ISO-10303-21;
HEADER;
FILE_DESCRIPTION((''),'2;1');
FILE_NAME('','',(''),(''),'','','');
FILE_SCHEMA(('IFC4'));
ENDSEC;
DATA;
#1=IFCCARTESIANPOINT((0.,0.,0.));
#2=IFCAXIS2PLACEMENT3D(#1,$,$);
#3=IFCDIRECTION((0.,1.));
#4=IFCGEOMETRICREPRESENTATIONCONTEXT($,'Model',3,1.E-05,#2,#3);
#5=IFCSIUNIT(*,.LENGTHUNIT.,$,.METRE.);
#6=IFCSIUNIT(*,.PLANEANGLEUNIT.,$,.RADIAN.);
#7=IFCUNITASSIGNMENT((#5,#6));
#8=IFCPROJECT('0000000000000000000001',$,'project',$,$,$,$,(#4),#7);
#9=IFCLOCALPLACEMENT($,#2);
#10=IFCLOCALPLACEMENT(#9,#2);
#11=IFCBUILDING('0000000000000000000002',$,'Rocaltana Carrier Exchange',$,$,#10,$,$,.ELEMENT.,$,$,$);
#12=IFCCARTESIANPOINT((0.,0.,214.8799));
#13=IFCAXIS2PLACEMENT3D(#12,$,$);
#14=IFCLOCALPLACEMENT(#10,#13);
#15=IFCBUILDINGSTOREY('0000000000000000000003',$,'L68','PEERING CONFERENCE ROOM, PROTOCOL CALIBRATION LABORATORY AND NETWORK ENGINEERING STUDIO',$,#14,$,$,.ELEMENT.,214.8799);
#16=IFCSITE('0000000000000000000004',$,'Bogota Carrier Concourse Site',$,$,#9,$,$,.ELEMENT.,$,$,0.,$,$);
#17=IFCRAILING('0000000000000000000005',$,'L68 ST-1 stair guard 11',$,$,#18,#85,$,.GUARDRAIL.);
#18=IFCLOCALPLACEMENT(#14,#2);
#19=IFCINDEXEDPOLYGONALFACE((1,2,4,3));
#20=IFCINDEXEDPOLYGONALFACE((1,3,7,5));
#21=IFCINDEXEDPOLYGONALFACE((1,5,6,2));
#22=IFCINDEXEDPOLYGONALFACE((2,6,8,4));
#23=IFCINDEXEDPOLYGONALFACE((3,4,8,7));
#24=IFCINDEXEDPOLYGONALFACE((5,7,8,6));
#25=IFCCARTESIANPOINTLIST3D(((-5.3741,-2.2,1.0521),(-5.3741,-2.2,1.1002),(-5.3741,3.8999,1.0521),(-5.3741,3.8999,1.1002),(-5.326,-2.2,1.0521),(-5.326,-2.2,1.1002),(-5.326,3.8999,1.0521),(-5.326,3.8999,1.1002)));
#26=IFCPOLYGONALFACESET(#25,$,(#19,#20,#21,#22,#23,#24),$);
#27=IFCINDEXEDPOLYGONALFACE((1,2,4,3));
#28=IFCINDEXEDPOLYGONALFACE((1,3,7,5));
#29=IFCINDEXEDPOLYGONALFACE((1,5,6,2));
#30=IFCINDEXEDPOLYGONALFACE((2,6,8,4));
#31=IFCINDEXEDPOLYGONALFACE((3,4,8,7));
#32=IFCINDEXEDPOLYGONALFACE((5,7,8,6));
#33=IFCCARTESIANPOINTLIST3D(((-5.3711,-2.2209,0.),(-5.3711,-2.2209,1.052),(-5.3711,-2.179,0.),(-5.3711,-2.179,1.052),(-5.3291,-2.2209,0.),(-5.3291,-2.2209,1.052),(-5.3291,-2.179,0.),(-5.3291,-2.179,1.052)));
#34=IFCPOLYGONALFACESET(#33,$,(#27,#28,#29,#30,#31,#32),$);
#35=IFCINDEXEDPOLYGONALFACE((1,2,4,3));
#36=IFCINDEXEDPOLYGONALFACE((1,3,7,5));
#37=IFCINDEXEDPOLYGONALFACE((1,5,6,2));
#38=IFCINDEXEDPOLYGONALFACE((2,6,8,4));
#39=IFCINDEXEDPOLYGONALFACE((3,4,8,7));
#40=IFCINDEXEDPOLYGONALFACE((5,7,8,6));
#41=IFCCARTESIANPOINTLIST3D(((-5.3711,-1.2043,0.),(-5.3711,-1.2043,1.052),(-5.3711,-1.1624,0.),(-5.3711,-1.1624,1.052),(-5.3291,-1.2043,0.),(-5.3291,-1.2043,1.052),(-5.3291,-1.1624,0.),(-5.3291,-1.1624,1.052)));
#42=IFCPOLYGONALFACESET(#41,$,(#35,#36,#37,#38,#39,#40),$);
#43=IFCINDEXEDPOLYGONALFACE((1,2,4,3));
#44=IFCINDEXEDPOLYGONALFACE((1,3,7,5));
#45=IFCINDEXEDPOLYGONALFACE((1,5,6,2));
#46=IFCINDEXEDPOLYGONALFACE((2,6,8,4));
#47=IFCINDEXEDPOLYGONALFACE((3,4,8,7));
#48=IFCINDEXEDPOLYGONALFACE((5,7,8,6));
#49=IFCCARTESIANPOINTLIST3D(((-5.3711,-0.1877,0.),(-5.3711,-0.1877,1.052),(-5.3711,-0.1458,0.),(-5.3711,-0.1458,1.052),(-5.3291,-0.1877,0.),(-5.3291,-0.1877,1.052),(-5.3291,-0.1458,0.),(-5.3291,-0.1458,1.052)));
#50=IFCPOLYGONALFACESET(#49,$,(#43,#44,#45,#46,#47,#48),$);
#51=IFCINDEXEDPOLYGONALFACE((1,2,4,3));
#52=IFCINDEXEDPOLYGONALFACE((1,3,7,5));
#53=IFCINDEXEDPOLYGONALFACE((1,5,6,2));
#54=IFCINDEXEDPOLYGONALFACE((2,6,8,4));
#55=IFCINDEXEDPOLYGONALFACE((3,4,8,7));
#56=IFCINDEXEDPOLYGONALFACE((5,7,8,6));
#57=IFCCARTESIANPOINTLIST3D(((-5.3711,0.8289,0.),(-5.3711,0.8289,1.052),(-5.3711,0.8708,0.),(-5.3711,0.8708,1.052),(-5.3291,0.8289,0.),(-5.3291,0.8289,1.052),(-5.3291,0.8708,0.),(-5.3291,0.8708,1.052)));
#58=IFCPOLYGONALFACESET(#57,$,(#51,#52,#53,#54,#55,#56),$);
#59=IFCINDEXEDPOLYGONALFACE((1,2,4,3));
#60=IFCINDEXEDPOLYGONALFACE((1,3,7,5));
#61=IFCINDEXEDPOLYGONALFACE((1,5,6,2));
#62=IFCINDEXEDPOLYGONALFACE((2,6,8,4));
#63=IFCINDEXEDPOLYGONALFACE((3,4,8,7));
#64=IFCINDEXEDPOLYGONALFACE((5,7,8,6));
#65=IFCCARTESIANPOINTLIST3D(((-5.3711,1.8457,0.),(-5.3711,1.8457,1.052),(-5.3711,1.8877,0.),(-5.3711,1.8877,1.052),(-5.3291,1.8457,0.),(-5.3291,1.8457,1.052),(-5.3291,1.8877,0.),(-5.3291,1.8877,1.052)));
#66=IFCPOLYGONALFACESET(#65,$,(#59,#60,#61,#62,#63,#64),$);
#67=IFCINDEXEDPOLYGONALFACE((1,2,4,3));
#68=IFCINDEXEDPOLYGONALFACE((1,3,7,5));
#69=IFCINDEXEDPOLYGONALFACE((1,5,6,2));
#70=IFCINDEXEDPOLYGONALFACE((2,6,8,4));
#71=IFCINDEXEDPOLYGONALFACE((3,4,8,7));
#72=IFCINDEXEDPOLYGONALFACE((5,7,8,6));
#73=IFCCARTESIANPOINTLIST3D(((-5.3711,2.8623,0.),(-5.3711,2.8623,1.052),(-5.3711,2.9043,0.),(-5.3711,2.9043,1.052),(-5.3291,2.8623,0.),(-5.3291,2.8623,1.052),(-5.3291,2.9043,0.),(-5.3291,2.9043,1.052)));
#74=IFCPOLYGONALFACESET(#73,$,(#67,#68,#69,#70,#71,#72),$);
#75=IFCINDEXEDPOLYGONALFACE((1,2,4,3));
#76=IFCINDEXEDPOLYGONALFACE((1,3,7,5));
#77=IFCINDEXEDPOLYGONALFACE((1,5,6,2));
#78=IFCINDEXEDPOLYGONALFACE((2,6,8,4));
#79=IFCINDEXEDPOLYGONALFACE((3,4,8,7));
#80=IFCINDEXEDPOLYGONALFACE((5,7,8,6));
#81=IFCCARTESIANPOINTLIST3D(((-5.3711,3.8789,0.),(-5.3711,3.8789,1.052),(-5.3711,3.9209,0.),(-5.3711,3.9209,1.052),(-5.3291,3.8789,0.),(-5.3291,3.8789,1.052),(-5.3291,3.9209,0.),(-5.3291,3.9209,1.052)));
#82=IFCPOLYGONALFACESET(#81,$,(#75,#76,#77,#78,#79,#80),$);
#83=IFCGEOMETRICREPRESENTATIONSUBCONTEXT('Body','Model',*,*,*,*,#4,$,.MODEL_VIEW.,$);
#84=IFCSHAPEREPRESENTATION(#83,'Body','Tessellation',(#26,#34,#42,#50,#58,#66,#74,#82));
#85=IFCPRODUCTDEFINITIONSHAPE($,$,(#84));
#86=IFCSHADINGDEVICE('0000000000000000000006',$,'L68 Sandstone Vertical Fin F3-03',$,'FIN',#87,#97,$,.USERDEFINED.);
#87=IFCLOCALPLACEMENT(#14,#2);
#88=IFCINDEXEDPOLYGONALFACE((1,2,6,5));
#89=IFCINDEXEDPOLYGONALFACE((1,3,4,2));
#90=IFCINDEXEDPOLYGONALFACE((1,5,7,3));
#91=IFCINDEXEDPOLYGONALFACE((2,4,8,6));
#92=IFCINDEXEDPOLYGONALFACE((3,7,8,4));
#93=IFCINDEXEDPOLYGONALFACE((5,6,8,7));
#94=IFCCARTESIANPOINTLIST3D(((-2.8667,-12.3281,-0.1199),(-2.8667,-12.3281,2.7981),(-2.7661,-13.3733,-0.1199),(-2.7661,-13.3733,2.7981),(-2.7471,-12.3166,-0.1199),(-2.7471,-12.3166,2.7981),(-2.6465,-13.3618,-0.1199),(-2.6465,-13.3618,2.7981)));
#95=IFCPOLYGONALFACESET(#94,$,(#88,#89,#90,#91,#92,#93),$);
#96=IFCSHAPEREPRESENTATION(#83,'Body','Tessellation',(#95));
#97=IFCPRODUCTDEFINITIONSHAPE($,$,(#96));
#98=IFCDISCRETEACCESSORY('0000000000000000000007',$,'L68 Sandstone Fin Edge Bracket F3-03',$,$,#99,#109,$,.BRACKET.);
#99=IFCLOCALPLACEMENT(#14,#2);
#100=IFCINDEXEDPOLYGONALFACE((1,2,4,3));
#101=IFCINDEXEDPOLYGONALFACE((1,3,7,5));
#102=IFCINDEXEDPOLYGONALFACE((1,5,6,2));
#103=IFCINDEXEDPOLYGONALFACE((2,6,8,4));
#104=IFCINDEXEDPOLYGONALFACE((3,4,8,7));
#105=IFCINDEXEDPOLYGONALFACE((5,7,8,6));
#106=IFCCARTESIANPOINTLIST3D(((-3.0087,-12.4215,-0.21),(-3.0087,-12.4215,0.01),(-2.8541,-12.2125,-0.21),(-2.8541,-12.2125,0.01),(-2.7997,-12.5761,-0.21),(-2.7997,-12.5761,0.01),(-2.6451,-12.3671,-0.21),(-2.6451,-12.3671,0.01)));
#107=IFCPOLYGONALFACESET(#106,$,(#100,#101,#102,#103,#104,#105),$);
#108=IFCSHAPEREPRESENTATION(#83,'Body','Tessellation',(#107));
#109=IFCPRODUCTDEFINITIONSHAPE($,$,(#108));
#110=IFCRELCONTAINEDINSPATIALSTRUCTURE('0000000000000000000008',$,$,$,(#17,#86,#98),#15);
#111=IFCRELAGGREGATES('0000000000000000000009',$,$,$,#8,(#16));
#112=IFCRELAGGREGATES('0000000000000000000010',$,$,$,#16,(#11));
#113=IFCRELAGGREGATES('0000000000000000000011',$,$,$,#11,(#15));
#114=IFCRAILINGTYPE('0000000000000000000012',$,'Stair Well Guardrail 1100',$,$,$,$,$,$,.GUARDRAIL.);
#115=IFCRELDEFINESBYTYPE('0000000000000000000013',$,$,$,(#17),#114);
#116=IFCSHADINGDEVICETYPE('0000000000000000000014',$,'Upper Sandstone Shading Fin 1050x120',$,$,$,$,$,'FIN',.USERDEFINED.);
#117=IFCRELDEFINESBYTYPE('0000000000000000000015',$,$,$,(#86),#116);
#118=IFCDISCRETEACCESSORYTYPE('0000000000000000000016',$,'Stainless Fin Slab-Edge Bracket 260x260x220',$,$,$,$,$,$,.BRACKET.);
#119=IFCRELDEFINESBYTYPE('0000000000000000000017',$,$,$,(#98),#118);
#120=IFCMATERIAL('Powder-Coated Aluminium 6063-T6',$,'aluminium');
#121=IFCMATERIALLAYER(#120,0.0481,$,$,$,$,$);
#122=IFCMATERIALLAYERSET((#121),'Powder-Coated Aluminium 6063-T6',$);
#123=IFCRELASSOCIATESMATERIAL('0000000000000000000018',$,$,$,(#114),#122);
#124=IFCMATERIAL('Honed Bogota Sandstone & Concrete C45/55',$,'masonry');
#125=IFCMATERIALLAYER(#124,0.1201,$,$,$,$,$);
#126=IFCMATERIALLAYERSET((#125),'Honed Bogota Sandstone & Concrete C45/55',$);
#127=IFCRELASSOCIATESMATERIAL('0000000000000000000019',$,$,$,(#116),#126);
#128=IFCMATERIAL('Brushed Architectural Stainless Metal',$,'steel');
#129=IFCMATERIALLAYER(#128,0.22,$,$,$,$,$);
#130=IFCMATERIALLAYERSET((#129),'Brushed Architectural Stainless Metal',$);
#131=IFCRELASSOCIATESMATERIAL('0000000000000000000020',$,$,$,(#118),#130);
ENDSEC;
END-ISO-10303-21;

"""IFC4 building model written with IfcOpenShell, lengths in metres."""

from ifc_helpers import new_model, si_unit, direction, frame, origin, origin_2d, place, context, subcontext, project, spatial, rectangle, extrude, material, layer, layer_set, type_object, element, save


model = new_model("IFC4")

# Units and contexts
model_context = context("Model", 3, precision=1e-05, world=origin(), true_north=direction((0.0, 1.0)))
body_context = subcontext(model_context, "Body", "Model", "MODEL_VIEW")
ifc_project = project(units=[si_unit("LENGTHUNIT", "METRE"), si_unit("PLANEANGLEUNIT", "RADIAN")], contexts=[model_context])

# Site, building, storey
site_placement = place(None, origin())
site = spatial("IfcSite", under=ifc_project, at=site_placement, Name="Bogota Carrier Concourse Site", CompositionType="ELEMENT", RefElevation=0.0)
building_placement = place(site_placement, origin())
building = spatial("IfcBuilding", under=site, at=building_placement, Name="Rocaltana Carrier Exchange", CompositionType="ELEMENT")
storey_placement = place(building_placement, frame((0.0, 0.0, 214.8799)))
storey = spatial("IfcBuildingStorey", under=building, at=storey_placement, Name="L68", Description="PEERING CONFERENCE ROOM, PROTOCOL CALIBRATION LABORATORY AND NETWORK ENGINEERING STUDIO", CompositionType="ELEMENT", Elevation=214.8799)

# Railing
ifc_material_1 = material(Name="Powder-Coated Aluminium 6063-T6", Category="aluminium")
ifc_layer_1 = layer(ifc_material_1, 0.0481)
ifc_layer_set_1 = layer_set([ifc_layer_1], Name="Powder-Coated Aluminium 6063-T6")
railing_type_1 = type_object("IfcRailingType", Name="Stair Well Guardrail 1100", PredefinedType="GUARDRAIL", material=ifc_layer_set_1)
for number, where, name in (
    (1, (-5.3501, -2.2, 0.0), "L68 ST-1 stair guard 11"),
):
    element("IfcRailing", number, at=place(storey_placement, frame(where)), inside=storey, type_object=railing_type_1, Name=name, PredefinedType="GUARDRAIL", context=body_context, shape_type="SweptSolid", body=[
        extrude(rectangle(XDim=0.0481, YDim=0.0481, at=origin_2d()), frame((0.0, 0.0, 1.0762), z_axis=(0.0, 1.0, 0.0), x_axis=(-1.0, 0.0, 0.0)), (0.0, 0.0, 1.0), 6.0999),
        extrude(rectangle(XDim=0.042, YDim=0.042, at=origin_2d()), origin(), (0.0, 0.0, 1.0), 1.052),
        extrude(rectangle(XDim=0.042, YDim=0.042, at=origin_2d()), frame((0.0, 1.0166, 0.0)), (0.0, 0.0, 1.0), 1.052),
        extrude(rectangle(XDim=0.042, YDim=0.042, at=origin_2d()), frame((0.0, 2.0332, 0.0)), (0.0, 0.0, 1.0), 1.052),
        extrude(rectangle(XDim=0.042, YDim=0.042, at=origin_2d()), frame((0.0, 3.0498, 0.0)), (0.0, 0.0, 1.0), 1.052),
        extrude(rectangle(XDim=0.042, YDim=0.042, at=origin_2d()), frame((0.0, 4.0667, 0.0)), (0.0, 0.0, 1.0), 1.052),
        extrude(rectangle(XDim=0.042, YDim=0.042, at=origin_2d()), frame((0.0, 5.0833, 0.0)), (0.0, 0.0, 1.0), 1.052),
        extrude(rectangle(XDim=0.042, YDim=0.042, at=origin_2d()), frame((0.0, 6.0999, 0.0)), (0.0, 0.0, 1.0), 1.052),
    ])

# Shading device
ifc_material_2 = material(Name="Honed Bogota Sandstone & Concrete C45/55", Category="masonry")
ifc_layer_2 = layer(ifc_material_2, 0.1201)
ifc_layer_set_2 = layer_set([ifc_layer_2], Name="Honed Bogota Sandstone & Concrete C45/55")
shading_device_type = type_object("IfcShadingDeviceType", Name="Upper Sandstone Shading Fin 1050x120", ElementType="FIN", PredefinedType="USERDEFINED", material=ifc_layer_set_2)
shading_device_placement = place(storey_placement, frame((-2.7566, -12.845, -0.1199), z_axis=(0.0, 0.0, 1.0), x_axis=(0.095846, -0.995396, 0.0)))
element("IfcShadingDevice", 2, at=shading_device_placement, inside=storey, type_object=shading_device_type, Name="L68 Sandstone Vertical Fin F3-03", ObjectType="FIN", PredefinedType="USERDEFINED", context=body_context, shape_type="SweptSolid", body=[
    extrude(rectangle(XDim=1.05, YDim=0.1201, at=origin_2d()), origin(), (0.0, 0.0, 1.0), 2.918),
])

# Discrete accessory
ifc_material_3 = material(Name="Brushed Architectural Stainless Metal", Category="steel")
ifc_layer_3 = layer(ifc_material_3, 0.22)
ifc_layer_set_3 = layer_set([ifc_layer_3], Name="Brushed Architectural Stainless Metal")
discrete_accessory_type = type_object("IfcDiscreteAccessoryType", Name="Stainless Fin Slab-Edge Bracket 260x260x220", PredefinedType="BRACKET", material=ifc_layer_set_3)
discrete_accessory_placement = place(storey_placement, frame((-2.8269, -12.3943, -0.21), z_axis=(0.0, 0.0, 1.0), x_axis=(0.803857, -0.594823, 0.0)))
element("IfcDiscreteAccessory", 3, at=discrete_accessory_placement, inside=storey, type_object=discrete_accessory_type, Name="L68 Sandstone Fin Edge Bracket F3-03", PredefinedType="BRACKET", context=body_context, shape_type="SweptSolid", body=[
    extrude(rectangle(XDim=0.26, YDim=0.26, at=origin_2d()), origin(), (0.0, 0.0, 1.0), 0.22),
])

save(model, "model.ifc")
